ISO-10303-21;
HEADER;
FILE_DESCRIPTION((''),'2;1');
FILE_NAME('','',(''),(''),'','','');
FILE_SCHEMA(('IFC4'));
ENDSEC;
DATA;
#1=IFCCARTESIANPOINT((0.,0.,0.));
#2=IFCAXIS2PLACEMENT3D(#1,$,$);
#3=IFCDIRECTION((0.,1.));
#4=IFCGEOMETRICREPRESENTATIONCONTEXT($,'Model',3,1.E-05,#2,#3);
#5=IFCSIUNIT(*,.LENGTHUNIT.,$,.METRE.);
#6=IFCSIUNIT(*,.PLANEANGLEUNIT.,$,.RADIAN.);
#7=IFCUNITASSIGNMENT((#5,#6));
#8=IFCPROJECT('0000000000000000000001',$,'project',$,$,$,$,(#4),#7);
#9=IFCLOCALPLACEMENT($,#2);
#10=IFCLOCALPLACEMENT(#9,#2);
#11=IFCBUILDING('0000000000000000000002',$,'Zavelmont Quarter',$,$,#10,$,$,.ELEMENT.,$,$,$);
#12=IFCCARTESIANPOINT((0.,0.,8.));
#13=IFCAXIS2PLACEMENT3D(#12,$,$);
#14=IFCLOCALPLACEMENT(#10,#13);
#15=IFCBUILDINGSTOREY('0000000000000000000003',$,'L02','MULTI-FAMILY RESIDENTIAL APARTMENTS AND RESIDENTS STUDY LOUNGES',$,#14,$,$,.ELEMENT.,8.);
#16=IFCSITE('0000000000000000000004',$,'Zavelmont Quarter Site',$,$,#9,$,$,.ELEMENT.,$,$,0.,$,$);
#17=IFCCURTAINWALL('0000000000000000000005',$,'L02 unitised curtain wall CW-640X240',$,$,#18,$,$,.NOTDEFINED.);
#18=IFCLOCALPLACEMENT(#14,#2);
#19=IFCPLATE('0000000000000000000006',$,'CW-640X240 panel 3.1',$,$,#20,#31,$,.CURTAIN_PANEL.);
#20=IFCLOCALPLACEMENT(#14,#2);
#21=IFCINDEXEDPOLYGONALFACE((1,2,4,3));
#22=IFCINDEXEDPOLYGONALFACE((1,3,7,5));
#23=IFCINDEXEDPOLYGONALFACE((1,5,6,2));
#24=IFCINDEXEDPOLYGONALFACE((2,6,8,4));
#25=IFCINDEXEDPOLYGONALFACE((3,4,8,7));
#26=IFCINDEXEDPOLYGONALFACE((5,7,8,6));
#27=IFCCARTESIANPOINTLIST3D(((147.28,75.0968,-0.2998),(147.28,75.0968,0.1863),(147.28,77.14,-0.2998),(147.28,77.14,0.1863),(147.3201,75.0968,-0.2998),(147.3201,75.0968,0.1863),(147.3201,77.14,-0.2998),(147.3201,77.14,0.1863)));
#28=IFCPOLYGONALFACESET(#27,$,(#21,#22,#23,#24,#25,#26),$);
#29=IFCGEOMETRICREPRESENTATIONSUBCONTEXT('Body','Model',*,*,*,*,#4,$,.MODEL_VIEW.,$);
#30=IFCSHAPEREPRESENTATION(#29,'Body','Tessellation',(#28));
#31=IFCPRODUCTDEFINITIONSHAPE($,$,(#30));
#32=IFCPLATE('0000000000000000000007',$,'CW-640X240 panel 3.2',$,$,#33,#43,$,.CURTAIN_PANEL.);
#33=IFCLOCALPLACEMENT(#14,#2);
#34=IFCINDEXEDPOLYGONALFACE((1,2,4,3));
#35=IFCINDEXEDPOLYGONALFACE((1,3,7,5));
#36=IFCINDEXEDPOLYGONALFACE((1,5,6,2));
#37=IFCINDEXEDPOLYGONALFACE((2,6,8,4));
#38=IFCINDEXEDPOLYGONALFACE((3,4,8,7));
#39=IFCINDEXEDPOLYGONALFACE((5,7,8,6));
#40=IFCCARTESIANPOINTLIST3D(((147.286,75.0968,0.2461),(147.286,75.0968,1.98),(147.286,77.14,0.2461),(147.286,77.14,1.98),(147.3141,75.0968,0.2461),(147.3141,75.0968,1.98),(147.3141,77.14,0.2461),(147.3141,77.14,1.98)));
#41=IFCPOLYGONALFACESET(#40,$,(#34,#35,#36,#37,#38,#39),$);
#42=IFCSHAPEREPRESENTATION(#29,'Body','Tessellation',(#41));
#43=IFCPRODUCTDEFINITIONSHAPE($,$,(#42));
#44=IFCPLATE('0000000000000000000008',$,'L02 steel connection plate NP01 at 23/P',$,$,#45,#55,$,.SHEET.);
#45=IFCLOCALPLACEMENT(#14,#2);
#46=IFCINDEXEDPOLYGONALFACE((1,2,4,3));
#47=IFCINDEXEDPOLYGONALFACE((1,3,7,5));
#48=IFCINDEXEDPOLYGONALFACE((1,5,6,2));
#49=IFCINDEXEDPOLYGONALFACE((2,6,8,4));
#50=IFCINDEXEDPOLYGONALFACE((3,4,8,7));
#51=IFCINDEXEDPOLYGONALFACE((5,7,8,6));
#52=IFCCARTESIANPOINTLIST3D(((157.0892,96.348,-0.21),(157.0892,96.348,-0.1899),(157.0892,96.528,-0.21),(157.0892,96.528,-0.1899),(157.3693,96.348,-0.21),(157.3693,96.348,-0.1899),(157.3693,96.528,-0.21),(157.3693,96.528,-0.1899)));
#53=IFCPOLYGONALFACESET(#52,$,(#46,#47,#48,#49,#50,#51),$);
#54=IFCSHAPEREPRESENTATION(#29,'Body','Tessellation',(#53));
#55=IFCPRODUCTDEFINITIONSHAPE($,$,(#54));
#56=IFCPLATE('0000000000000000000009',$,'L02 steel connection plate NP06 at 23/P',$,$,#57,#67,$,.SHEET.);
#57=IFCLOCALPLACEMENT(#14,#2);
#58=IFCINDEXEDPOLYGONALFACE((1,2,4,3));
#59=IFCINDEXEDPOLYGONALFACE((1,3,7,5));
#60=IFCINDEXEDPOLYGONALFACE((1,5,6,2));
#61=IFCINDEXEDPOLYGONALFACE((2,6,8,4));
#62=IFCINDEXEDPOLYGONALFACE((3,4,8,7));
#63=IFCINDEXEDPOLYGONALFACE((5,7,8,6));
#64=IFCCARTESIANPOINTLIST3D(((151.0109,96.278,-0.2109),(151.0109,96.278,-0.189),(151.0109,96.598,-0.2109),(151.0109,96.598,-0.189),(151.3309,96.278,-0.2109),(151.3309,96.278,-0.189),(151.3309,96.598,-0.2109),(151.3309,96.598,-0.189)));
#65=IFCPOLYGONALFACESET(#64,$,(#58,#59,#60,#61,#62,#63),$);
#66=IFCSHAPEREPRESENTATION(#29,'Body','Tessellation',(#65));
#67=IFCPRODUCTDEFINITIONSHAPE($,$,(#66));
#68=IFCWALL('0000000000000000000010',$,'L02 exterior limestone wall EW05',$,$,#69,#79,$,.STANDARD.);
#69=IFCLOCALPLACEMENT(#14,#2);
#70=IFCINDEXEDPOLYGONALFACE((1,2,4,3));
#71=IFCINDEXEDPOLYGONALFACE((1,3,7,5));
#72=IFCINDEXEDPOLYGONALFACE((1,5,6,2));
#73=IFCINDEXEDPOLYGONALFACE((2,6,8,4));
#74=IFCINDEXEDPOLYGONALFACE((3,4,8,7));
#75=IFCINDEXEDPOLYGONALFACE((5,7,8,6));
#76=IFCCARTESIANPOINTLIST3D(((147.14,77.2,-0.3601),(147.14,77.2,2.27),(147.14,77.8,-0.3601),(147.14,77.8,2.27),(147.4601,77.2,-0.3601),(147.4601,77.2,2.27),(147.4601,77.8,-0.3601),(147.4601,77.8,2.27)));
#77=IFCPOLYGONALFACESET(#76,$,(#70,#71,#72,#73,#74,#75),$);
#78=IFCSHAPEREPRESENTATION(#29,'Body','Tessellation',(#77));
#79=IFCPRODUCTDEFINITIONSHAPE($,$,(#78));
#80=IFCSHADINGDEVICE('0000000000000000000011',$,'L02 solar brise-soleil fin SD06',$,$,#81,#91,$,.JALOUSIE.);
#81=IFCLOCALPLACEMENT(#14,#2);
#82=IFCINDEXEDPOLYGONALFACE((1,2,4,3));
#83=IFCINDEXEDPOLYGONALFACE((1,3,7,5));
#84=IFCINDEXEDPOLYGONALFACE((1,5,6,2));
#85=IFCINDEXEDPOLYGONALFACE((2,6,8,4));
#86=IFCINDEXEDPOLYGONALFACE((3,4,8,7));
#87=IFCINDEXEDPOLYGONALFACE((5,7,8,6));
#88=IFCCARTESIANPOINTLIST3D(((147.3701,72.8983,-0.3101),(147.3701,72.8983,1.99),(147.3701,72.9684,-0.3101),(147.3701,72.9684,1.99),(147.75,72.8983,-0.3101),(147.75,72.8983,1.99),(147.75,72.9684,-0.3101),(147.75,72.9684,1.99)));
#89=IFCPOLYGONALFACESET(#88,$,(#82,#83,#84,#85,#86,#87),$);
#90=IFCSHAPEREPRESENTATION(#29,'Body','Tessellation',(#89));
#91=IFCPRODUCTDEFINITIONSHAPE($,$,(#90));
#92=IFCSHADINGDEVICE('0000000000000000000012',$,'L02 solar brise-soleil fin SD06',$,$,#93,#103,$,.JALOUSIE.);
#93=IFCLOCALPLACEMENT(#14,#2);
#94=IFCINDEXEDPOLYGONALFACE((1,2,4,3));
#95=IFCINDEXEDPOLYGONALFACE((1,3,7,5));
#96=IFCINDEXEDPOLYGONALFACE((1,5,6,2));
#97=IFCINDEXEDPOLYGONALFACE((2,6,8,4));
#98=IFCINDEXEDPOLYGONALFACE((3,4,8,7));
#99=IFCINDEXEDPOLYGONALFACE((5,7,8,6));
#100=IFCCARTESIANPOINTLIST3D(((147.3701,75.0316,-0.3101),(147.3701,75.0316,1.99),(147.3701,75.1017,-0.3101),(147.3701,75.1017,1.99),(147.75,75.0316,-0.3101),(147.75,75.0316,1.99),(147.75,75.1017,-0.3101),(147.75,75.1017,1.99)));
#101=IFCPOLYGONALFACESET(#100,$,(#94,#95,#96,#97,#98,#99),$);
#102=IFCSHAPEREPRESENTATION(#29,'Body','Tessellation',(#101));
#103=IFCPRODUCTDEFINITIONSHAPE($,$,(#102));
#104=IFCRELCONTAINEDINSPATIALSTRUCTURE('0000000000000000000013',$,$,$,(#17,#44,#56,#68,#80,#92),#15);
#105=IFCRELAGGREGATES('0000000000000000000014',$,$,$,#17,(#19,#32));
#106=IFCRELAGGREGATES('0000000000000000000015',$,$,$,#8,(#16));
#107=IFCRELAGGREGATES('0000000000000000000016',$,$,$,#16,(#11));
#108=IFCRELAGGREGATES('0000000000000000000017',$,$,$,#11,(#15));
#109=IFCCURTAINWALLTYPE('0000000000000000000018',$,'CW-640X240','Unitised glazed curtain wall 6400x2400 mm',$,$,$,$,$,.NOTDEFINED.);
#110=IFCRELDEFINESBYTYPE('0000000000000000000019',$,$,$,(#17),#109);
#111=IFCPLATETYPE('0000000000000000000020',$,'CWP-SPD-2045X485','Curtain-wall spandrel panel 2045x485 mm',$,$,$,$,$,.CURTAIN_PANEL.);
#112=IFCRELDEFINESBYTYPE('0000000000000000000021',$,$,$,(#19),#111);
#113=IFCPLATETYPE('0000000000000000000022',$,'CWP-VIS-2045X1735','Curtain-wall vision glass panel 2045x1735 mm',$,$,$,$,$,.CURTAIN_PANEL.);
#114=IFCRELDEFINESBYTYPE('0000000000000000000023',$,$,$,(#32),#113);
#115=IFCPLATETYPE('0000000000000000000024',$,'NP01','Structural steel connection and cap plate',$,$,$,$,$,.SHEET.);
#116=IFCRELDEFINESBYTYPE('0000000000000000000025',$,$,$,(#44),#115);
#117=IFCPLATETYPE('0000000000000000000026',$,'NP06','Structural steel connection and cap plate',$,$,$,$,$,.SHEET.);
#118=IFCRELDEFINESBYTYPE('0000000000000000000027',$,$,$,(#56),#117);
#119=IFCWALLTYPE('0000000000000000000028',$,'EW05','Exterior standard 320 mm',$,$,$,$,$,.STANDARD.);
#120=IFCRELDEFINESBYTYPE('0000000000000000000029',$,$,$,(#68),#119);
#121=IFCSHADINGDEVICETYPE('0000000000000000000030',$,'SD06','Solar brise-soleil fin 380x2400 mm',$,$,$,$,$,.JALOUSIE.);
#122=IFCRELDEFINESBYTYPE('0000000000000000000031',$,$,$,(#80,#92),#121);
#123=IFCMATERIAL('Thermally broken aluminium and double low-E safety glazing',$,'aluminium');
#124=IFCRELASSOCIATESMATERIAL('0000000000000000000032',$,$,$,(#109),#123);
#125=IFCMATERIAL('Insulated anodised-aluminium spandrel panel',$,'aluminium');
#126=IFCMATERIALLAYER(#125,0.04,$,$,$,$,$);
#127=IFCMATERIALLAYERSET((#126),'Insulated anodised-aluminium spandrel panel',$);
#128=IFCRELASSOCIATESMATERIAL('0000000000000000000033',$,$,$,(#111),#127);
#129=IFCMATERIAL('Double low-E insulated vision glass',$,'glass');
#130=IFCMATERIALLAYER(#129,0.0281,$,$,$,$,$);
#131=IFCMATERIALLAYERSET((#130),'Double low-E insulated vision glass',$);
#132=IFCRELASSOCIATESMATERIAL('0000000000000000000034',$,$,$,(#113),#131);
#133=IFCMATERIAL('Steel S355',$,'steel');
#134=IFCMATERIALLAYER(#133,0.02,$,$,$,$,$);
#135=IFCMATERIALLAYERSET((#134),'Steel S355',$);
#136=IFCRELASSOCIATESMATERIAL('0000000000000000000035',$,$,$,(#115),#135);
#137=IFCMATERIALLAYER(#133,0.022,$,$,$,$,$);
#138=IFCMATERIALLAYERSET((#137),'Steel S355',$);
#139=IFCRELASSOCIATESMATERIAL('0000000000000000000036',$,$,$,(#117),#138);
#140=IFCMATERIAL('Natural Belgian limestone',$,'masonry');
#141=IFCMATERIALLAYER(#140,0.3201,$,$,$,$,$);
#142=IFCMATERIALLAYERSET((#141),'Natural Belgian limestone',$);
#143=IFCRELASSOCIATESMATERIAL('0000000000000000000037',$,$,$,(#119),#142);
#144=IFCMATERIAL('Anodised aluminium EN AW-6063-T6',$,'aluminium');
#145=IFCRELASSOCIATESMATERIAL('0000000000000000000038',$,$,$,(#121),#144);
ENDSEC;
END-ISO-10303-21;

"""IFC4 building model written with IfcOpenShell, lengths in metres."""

from ifc_helpers import new_model, si_unit, direction, frame, frame_2d, origin, origin_2d, place, context, subcontext, project, spatial, rectangle, extrude, material, layer, layer_set, type_object, element, aggregate, save


model = new_model("IFC4")

# Units and contexts
model_context = context("Model", 3, precision=1e-05, world=origin(), true_north=direction((0.0, 1.0)))
body_context = subcontext(model_context, "Body", "Model", "MODEL_VIEW")
ifc_project = project(units=[si_unit("LENGTHUNIT", "METRE"), si_unit("PLANEANGLEUNIT", "RADIAN")], contexts=[model_context])

# Site, building, storey
site_placement = place(None, origin())
site = spatial("IfcSite", under=ifc_project, at=site_placement, Name="Zavelmont Quarter Site", CompositionType="ELEMENT", RefElevation=0.0)
building_placement = place(site_placement, origin())
building = spatial("IfcBuilding", under=site, at=building_placement, Name="Zavelmont Quarter", CompositionType="ELEMENT")
storey_placement = place(building_placement, frame((0.0, 0.0, 8.0)))
storey = spatial("IfcBuildingStorey", under=building, at=storey_placement, Name="L02", Description="MULTI-FAMILY RESIDENTIAL APARTMENTS AND RESIDENTS STUDY LOUNGES", CompositionType="ELEMENT", Elevation=8.0)

# Shared definitions
ifc_material_1 = material(Name="Steel S355", Category="steel")

# Curtain wall, plates
ifc_material_2 = material(Name="Thermally broken aluminium and double low-E safety glazing", Category="aluminium")
curtain_wall_type = type_object("IfcCurtainWallType", Name="CW-640X240", Description="Unitised glazed curtain wall 6400x2400 mm", PredefinedType="NOTDEFINED", material=ifc_material_2)
curtain_wall_placement = place(storey_placement, origin())
curtain_wall = element("IfcCurtainWall", 1, at=curtain_wall_placement, inside=storey, type_object=curtain_wall_type, Name="L02 unitised curtain wall CW-640X240", PredefinedType="NOTDEFINED")
ifc_material_3 = material(Name="Insulated anodised-aluminium spandrel panel", Category="aluminium")
ifc_layer_1 = layer(ifc_material_3, 0.04)
ifc_layer_set_1 = layer_set([ifc_layer_1], Name="Insulated anodised-aluminium spandrel panel")
plate_type_1 = type_object("IfcPlateType", Name="CWP-SPD-2045X485", Description="Curtain-wall spandrel panel 2045x485 mm", PredefinedType="CURTAIN_PANEL", material=ifc_layer_set_1)
plate_1_placement = place(storey_placement, frame((147.3, 76.1184, -0.2998), z_axis=(0.0, 0.0, 1.0), x_axis=(0.0, 1.0, 0.0)))
plate_1 = element("IfcPlate", 2, at=plate_1_placement, type_object=plate_type_1, Name="CW-640X240 panel 3.1", PredefinedType="CURTAIN_PANEL", context=body_context, shape_type="SweptSolid", body=[
    extrude(rectangle(XDim=2.0432, YDim=0.04, at=origin_2d()), origin(), (0.0, 0.0, 1.0), 0.4861),
])
ifc_material_4 = material(Name="Double low-E insulated vision glass", Category="glass")
ifc_layer_2 = layer(ifc_material_4, 0.0281)
ifc_layer_set_2 = layer_set([ifc_layer_2], Name="Double low-E insulated vision glass")
plate_type_2 = type_object("IfcPlateType", Name="CWP-VIS-2045X1735", Description="Curtain-wall vision glass panel 2045x1735 mm", PredefinedType="CURTAIN_PANEL", material=ifc_layer_set_2)
plate_2_placement = place(storey_placement, frame((147.3, 76.1184, 0.2461), z_axis=(0.0, 0.0, 1.0), x_axis=(0.0, 1.0, 0.0)))
plate_2 = element("IfcPlate", 3, at=plate_2_placement, type_object=plate_type_2, Name="CW-640X240 panel 3.2", PredefinedType="CURTAIN_PANEL", context=body_context, shape_type="SweptSolid", body=[
    extrude(rectangle(XDim=2.0432, YDim=0.0281, at=origin_2d()), origin(), (0.0, 0.0, 1.0), 1.7339),
])
aggregate(curtain_wall, [plate_1, plate_2])

# Plates
ifc_layer_3 = layer(ifc_material_1, 0.02)
ifc_layer_set_3 = layer_set([ifc_layer_3], Name="Steel S355")
plate_type_3 = type_object("IfcPlateType", Name="NP01", Description="Structural steel connection and cap plate", PredefinedType="SHEET", material=ifc_layer_set_3)
plate_3_placement = place(storey_placement, frame((157.2292, 96.438, -0.21), z_axis=(0.0, 0.0, 1.0), x_axis=(1.0, 0.0, 0.0)))
element("IfcPlate", 4, at=plate_3_placement, inside=storey, type_object=plate_type_3, Name="L02 steel connection plate NP01 at 23/P", PredefinedType="SHEET", context=body_context, shape_type="SweptSolid", body=[
    extrude(rectangle(XDim=0.28, YDim=0.1799, at=origin_2d()), origin(), (0.0, 0.0, 1.0), 0.02),
])
ifc_layer_4 = layer(ifc_material_1, 0.022)
ifc_layer_set_4 = layer_set([ifc_layer_4], Name="Steel S355")
plate_type_4 = type_object("IfcPlateType", Name="NP06", Description="Structural steel connection and cap plate", PredefinedType="SHEET", material=ifc_layer_set_4)
plate_4_placement = place(storey_placement, frame((151.1709, 96.438, -0.2109), z_axis=(0.0, 0.0, 1.0), x_axis=(1.0, 0.0, 0.0)))
element("IfcPlate", 5, at=plate_4_placement, inside=storey, type_object=plate_type_4, Name="L02 steel connection plate NP06 at 23/P", PredefinedType="SHEET", context=body_context, shape_type="SweptSolid", body=[
    extrude(rectangle(XDim=0.3201, YDim=0.3201, at=origin_2d()), origin(), (0.0, 0.0, 1.0), 0.022),
])

# Wall
ifc_material_5 = material(Name="Natural Belgian limestone", Category="masonry")
ifc_layer_5 = layer(ifc_material_5, 0.3201)
ifc_layer_set_5 = layer_set([ifc_layer_5], Name="Natural Belgian limestone")
wall_type = type_object("IfcWallType", Name="EW05", Description="Exterior standard 320 mm", PredefinedType="STANDARD", material=ifc_layer_set_5)
wall_placement = place(storey_placement, frame((147.3, 77.2, -0.3601), z_axis=(0.0, 0.0, 1.0), x_axis=(0.0, 1.0, 0.0)))
element("IfcWall", 6, at=wall_placement, inside=storey, type_object=wall_type, Name="L02 exterior limestone wall EW05", PredefinedType="STANDARD", context=body_context, shape_type="SweptSolid", body=[
    extrude(rectangle(XDim=0.6001, YDim=0.3201, at=frame_2d((0.3, 0.0))), origin(), (0.0, 0.0, 1.0), 2.6301),
])

# Shading devices
ifc_material_6 = material(Name="Anodised aluminium EN AW-6063-T6", Category="aluminium")
shading_device_type = type_object("IfcShadingDeviceType", Name="SD06", Description="Solar brise-soleil fin 380x2400 mm", PredefinedType="JALOUSIE", material=ifc_material_6)
for number, where, z_axis, x_axis, name in (
    (7, (147.5601, 72.9333, -0.3101), (0.0, 0.0, 1.0), (0.0, 1.0, 0.0), "L02 solar brise-soleil fin SD06"),
    (8, (147.5601, 75.0667, -0.3101), (0.0, 0.0, 1.0), (0.0, 1.0, 0.0), "L02 solar brise-soleil fin SD06"),
):
    element("IfcShadingDevice", number, at=place(storey_placement, frame(where, z_axis=z_axis, x_axis=x_axis)), inside=storey, type_object=shading_device_type, Name=name, PredefinedType="JALOUSIE", context=body_context, shape_type="SweptSolid", body=[
        extrude(rectangle(XDim=0.0701, YDim=0.3799, at=origin_2d()), origin(), (0.0, 0.0, 1.0), 2.3),
    ])

save(model, "model.ifc")
